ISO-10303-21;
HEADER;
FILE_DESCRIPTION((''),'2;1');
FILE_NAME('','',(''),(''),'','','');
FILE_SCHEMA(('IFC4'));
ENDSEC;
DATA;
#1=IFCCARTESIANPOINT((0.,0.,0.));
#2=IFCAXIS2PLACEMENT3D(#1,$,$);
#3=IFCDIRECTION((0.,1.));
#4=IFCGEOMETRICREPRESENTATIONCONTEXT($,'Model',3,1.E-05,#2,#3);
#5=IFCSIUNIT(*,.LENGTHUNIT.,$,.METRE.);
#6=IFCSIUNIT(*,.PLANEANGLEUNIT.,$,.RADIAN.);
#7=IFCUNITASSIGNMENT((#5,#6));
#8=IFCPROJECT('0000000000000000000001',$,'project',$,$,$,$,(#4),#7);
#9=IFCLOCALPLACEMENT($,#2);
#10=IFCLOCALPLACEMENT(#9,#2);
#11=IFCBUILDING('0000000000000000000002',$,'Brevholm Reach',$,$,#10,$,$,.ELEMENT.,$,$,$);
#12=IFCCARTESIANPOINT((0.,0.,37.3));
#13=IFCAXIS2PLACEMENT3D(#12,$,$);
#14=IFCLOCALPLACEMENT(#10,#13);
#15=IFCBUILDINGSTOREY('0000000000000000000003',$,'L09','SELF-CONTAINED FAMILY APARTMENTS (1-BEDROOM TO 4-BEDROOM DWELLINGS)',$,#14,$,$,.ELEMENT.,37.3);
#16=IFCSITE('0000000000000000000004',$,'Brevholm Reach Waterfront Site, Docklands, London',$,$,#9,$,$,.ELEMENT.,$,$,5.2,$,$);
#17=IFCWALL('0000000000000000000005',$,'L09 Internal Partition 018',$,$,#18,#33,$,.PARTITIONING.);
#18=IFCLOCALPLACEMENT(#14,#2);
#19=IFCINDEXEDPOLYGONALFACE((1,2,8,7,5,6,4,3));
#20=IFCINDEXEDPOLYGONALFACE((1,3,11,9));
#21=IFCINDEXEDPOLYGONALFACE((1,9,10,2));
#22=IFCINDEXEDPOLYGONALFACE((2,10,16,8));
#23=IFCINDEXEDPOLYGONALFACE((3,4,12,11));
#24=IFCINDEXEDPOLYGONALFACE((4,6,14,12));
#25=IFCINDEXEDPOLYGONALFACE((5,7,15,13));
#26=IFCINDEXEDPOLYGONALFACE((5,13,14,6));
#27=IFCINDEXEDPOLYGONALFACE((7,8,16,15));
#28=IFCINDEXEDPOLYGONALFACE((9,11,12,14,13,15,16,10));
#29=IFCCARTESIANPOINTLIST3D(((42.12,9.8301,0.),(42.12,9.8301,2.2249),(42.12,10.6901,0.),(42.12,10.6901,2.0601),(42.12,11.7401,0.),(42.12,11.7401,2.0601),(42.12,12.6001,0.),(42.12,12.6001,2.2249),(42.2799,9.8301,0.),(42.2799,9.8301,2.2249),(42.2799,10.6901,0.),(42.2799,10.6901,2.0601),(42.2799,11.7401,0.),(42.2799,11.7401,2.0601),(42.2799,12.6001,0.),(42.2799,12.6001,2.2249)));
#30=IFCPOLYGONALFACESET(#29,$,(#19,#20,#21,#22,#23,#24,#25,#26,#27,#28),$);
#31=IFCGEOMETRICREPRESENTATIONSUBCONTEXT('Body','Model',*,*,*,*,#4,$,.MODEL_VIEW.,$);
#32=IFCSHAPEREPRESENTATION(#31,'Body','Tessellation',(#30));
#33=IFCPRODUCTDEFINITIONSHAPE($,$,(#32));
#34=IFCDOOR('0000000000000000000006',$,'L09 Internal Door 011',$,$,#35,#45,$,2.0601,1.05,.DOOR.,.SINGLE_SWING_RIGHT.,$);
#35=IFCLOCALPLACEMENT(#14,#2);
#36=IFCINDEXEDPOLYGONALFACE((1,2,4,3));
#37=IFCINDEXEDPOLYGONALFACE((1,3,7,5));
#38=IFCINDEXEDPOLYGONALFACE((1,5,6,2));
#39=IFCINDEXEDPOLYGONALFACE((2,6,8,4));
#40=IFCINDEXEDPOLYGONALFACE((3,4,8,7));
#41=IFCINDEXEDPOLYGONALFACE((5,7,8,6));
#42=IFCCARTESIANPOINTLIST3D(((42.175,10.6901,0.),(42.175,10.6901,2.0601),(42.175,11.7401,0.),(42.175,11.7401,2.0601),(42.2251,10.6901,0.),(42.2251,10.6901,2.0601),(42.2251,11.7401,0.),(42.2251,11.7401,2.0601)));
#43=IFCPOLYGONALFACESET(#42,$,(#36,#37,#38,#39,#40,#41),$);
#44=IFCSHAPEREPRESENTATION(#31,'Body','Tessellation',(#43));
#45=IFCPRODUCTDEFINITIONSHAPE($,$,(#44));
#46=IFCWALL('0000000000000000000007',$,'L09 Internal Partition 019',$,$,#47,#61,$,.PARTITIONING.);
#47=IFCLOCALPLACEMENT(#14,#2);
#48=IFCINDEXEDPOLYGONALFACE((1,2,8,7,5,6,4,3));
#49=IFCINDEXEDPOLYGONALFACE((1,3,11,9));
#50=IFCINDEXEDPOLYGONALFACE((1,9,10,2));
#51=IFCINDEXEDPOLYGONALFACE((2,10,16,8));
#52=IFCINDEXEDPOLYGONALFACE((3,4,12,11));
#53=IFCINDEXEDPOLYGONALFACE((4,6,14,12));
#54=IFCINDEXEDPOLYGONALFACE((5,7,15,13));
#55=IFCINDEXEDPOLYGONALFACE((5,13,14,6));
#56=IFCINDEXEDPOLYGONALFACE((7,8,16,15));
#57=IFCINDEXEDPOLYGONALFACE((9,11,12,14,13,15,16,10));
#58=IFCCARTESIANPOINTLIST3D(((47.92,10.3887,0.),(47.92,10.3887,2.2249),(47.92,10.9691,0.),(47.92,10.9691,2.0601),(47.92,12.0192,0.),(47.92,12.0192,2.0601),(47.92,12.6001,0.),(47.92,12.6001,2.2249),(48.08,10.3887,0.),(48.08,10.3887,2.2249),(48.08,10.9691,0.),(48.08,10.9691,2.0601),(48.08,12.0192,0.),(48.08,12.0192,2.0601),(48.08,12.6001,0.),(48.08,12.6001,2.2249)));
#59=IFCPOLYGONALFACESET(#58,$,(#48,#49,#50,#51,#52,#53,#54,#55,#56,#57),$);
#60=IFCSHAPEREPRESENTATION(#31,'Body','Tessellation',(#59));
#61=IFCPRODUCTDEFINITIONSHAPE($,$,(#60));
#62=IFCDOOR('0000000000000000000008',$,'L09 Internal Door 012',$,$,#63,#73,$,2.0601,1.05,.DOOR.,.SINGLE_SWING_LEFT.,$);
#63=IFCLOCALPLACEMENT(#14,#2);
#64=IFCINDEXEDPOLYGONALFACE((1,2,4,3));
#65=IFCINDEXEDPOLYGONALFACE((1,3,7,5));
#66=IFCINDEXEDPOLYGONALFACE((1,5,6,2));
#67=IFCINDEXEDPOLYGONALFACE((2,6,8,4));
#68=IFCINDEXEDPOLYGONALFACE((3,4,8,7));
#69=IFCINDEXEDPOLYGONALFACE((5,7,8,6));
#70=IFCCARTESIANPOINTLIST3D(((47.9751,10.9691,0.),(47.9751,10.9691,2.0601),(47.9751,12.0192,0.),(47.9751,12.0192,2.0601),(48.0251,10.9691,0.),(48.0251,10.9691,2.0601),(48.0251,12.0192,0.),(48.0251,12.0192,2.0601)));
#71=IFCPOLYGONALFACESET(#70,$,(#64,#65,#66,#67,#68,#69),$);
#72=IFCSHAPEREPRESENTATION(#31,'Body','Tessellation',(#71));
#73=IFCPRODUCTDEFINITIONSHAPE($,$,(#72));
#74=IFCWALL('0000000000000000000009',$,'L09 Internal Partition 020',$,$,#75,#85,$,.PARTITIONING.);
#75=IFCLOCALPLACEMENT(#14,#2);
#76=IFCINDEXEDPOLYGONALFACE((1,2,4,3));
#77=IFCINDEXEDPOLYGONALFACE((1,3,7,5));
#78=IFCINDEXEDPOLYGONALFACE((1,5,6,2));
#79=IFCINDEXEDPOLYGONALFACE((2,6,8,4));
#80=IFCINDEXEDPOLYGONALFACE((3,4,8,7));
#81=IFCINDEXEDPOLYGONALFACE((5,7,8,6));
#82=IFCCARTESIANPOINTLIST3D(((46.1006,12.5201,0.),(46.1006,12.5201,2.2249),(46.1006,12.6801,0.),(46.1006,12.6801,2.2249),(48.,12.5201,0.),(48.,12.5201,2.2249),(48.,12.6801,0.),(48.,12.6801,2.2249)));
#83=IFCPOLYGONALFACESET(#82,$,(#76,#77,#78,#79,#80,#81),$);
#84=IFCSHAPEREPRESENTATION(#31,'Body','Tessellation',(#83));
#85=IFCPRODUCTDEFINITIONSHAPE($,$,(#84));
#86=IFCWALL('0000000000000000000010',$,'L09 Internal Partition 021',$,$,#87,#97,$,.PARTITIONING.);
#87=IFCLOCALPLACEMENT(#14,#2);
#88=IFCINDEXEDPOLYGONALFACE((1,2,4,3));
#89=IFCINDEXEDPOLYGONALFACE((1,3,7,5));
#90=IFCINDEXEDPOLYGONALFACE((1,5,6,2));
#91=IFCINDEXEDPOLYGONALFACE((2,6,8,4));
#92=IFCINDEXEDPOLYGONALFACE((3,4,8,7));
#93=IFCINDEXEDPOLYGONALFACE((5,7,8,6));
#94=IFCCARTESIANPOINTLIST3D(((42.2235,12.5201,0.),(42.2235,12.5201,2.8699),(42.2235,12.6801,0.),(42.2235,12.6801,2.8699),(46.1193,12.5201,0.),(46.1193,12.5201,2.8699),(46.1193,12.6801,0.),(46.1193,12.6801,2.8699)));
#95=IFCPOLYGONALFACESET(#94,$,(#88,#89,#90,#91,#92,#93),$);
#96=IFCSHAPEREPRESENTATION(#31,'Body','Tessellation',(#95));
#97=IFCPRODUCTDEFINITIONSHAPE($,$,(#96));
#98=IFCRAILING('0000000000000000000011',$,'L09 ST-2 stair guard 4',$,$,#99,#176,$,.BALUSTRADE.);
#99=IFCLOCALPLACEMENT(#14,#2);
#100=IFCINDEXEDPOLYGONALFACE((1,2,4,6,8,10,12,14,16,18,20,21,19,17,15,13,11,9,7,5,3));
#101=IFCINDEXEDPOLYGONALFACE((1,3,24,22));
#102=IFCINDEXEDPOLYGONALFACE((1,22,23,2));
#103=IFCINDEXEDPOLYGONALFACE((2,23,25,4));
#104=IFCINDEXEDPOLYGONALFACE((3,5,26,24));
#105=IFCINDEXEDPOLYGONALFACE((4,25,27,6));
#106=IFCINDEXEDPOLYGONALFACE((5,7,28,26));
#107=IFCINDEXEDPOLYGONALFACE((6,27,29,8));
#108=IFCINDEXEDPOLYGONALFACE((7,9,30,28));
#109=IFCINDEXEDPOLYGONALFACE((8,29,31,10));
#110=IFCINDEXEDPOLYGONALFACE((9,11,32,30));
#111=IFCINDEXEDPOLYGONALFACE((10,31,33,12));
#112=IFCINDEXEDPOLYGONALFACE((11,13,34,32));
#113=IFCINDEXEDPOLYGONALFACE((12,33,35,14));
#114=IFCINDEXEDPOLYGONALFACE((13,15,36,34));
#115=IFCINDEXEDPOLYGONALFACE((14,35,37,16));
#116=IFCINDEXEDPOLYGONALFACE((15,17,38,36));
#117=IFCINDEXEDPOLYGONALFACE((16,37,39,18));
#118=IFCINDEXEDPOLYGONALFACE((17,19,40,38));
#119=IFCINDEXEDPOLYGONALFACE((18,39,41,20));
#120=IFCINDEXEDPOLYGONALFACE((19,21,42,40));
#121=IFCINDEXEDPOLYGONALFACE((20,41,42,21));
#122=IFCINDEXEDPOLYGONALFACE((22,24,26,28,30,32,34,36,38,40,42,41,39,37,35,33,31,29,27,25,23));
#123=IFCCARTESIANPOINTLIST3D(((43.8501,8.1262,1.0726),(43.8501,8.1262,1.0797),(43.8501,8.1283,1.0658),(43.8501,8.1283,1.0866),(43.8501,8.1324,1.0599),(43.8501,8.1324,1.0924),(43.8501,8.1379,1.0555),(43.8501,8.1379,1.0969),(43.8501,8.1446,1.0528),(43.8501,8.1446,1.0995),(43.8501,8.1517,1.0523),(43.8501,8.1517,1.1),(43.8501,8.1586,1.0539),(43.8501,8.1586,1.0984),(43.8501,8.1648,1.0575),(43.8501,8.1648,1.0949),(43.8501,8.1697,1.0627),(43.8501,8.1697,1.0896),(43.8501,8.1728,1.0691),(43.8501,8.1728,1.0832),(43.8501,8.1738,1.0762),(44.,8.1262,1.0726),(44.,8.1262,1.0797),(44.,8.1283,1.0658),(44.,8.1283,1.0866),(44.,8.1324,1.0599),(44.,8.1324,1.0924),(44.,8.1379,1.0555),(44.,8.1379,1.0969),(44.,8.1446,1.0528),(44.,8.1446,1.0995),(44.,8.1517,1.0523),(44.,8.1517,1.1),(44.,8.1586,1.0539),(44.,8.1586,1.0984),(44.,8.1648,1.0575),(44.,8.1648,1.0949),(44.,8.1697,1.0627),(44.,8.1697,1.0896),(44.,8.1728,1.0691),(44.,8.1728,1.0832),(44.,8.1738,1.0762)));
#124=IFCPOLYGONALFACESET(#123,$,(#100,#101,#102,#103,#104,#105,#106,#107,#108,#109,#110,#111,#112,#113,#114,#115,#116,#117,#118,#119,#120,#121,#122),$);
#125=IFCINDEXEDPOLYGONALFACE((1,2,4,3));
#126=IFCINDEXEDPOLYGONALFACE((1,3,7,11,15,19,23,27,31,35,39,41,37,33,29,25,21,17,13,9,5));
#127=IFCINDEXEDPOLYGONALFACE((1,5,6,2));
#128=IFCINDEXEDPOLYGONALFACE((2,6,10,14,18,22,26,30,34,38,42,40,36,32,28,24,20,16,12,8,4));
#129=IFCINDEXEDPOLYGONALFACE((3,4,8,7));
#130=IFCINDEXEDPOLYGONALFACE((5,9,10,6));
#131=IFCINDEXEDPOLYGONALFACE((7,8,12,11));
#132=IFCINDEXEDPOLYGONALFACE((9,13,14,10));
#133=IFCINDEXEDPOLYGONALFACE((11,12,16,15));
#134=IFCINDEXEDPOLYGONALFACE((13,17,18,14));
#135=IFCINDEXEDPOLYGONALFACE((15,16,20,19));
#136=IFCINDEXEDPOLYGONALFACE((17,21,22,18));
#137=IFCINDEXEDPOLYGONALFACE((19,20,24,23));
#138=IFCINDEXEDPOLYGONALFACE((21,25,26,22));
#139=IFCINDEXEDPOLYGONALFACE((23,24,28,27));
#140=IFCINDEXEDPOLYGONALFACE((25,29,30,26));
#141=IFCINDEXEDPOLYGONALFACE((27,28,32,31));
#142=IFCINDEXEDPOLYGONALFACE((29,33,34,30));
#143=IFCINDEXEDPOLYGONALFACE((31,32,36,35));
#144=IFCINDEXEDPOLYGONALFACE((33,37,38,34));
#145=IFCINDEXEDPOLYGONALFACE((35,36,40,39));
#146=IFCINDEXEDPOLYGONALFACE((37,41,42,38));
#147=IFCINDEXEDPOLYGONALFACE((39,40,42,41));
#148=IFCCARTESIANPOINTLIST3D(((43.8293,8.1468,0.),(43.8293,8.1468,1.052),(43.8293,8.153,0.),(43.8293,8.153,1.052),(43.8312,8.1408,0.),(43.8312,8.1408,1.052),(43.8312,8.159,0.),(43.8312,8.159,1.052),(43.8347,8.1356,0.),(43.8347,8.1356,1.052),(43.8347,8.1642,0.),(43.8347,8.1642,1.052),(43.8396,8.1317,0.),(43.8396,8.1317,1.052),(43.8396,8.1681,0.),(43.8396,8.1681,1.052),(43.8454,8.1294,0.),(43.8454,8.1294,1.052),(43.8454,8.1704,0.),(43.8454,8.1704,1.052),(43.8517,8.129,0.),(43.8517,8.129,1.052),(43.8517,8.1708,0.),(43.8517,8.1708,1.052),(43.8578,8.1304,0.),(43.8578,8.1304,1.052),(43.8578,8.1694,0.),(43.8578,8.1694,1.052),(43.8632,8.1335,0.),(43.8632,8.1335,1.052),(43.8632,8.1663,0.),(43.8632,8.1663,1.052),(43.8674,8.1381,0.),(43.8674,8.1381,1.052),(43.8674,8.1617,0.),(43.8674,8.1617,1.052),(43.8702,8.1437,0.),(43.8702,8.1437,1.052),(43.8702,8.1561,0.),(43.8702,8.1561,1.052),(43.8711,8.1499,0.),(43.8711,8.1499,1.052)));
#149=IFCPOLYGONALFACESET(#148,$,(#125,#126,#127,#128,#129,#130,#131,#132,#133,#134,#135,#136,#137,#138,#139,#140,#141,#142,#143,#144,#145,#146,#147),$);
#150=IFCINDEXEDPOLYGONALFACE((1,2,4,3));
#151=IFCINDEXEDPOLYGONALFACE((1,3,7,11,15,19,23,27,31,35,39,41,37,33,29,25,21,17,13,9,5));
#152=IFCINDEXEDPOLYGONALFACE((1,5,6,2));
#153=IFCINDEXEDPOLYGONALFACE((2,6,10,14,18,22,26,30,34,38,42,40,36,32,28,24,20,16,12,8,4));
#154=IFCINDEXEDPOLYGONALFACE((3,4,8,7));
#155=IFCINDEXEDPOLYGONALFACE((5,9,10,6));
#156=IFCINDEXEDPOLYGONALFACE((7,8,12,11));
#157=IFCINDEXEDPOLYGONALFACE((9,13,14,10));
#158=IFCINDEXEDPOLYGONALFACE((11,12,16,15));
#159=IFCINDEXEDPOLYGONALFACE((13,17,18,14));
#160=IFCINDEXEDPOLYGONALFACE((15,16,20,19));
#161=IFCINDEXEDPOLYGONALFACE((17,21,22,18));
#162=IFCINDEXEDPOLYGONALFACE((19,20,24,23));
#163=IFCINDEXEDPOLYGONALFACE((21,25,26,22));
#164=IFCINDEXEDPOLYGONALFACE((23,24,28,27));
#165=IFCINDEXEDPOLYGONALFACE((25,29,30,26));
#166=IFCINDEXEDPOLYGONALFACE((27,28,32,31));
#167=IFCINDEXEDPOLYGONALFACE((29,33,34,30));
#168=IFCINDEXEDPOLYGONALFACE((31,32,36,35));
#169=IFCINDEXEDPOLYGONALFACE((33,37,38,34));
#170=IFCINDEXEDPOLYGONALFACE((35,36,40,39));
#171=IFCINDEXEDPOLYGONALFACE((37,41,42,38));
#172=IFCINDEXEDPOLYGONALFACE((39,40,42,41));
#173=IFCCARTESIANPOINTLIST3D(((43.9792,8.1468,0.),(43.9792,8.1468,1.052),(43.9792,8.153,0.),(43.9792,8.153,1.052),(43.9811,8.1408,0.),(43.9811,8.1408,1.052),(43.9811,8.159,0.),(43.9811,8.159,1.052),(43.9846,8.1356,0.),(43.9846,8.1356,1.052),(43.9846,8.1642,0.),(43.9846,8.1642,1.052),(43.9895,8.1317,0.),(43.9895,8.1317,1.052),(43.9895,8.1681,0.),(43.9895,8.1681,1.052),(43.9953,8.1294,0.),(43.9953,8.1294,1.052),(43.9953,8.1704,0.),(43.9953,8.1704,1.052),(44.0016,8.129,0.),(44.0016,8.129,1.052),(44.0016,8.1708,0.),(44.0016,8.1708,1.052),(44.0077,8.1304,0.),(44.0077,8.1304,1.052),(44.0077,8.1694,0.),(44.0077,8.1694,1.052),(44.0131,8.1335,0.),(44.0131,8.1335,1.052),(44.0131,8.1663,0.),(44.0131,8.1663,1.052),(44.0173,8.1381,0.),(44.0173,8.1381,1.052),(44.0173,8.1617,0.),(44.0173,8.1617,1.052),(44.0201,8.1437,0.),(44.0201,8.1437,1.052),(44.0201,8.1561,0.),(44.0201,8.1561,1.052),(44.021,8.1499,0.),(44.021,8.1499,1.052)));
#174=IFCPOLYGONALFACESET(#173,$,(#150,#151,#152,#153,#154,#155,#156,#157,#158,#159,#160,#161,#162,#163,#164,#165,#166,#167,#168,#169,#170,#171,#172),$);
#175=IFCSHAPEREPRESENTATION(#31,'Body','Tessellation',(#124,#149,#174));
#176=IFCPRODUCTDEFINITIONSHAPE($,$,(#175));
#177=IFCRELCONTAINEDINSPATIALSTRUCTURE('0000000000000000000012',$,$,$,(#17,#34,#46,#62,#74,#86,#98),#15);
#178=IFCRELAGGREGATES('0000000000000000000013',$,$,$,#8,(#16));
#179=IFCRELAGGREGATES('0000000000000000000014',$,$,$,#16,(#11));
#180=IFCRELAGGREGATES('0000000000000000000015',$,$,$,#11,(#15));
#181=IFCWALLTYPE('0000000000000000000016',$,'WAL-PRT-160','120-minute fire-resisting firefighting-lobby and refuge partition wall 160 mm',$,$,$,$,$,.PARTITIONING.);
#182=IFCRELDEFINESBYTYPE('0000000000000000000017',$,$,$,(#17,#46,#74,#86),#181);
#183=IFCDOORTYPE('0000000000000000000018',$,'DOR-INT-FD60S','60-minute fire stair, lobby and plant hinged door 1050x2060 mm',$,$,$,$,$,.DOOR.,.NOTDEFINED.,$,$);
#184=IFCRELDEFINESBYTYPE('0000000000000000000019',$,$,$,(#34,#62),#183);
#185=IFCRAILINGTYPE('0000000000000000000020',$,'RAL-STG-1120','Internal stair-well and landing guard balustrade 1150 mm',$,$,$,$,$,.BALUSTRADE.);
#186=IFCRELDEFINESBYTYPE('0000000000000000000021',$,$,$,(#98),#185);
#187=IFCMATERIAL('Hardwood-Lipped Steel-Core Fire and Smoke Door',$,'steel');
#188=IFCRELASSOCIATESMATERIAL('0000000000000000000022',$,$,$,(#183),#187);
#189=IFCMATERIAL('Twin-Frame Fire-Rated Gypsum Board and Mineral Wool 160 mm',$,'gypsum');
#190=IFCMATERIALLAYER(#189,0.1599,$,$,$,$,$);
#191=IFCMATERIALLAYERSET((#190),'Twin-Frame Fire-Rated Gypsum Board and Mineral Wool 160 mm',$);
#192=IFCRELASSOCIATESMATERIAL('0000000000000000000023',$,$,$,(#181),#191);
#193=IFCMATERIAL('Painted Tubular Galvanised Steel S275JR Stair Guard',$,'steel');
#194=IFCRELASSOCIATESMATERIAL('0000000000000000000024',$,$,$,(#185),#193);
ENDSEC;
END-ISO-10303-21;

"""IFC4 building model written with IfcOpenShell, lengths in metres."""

from ifc_helpers import new_model, si_unit, direction, frame, frame_2d, origin, origin_2d, place, context, subcontext, project, spatial, rectangle, circle, extrude, material, layer, layer_set, type_object, element, fill, save


model = new_model("IFC4")

# Units and contexts
model_context = context("Model", 3, precision=1e-05, world=origin(), true_north=direction((0.0, 1.0)))
body_context = subcontext(model_context, "Body", "Model", "MODEL_VIEW")
ifc_project = project(units=[si_unit("LENGTHUNIT", "METRE"), si_unit("PLANEANGLEUNIT", "RADIAN")], contexts=[model_context])

# Site, building, storey
site_placement = place(None, origin())
site = spatial("IfcSite", under=ifc_project, at=site_placement, Name="Brevholm Reach Waterfront Site, Docklands, London", CompositionType="ELEMENT", RefElevation=5.2)
building_placement = place(site_placement, origin())
building = spatial("IfcBuilding", under=site, at=building_placement, Name="Brevholm Reach", CompositionType="ELEMENT")
storey_placement = place(building_placement, frame((0.0, 0.0, 37.3)))
storey = spatial("IfcBuildingStorey", under=building, at=storey_placement, Name="L09", Description="SELF-CONTAINED FAMILY APARTMENTS (1-BEDROOM TO 4-BEDROOM DWELLINGS)", CompositionType="ELEMENT", Elevation=37.3)

# Shared definitions
ifc_material_1 = material(Name="Hardwood-Lipped Steel-Core Fire and Smoke Door", Category="steel")
door_type_1 = type_object("IfcDoorType", Name="DOR-INT-FD60S", Description="60-minute fire stair, lobby and plant hinged door 1050x2060 mm", OperationType="NOTDEFINED", PredefinedType="DOOR", material=ifc_material_1)

# Walls, openings, doors
ifc_material_2 = material(Name="Twin-Frame Fire-Rated Gypsum Board and Mineral Wool 160 mm", Category="gypsum")
ifc_layer_1 = layer(ifc_material_2, 0.1599)
ifc_layer_set_1 = layer_set([ifc_layer_1], Name="Twin-Frame Fire-Rated Gypsum Board and Mineral Wool 160 mm")
wall_type_1 = type_object("IfcWallType", Name="WAL-PRT-160", Description="120-minute fire-resisting firefighting-lobby and refuge partition wall 160 mm", PredefinedType="PARTITIONING", material=ifc_layer_set_1)
wall_1_placement = place(storey_placement, frame((42.2, 9.8301, 0.0), z_axis=(0.0, 0.0, 1.0), x_axis=(0.0, 1.0, 0.0)))
wall_1 = element("IfcWall", 1, at=wall_1_placement, inside=storey, type_object=wall_type_1, Name="L09 Internal Partition 018", PredefinedType="PARTITIONING", context=body_context, shape_type="SweptSolid", body=[
    extrude(rectangle(XDim=2.77, YDim=0.1599, at=frame_2d((1.385, 0.0))), origin(), (0.0, 0.0, 1.0), 2.2249),
])
opening_1_placement = place(wall_1_placement, frame((0.8601, 0.0, 0.0)))
opening_1 = element("IfcOpeningElement", 2, at=opening_1_placement, cuts=wall_1, PredefinedType="OPENING", context=body_context, shape_type="SweptSolid", body=[
    extrude(rectangle(XDim=1.05, YDim=2.0601, at=frame_2d((0.5249, 1.03))), frame((0.0, 0.0898, 0.0), z_axis=(0.0, -1.0, 0.0), x_axis=(1.0, 0.0, 0.0)), (0.0, 0.0, 1.0), 0.1799),
])
door_1_placement = place(opening_1_placement, origin())
door_1 = element("IfcDoor", 3, at=door_1_placement, inside=storey, type_object=door_type_1, Name="L09 Internal Door 011", OperationType="SINGLE_SWING_RIGHT", OverallHeight=2.0601, OverallWidth=1.05, PredefinedType="DOOR", context=body_context, shape_type="SweptSolid", body=[
    extrude(rectangle(XDim=1.05, YDim=2.0601, at=frame_2d((0.5249, 1.03))), frame((0.0, 0.0249, 0.0), z_axis=(0.0, -1.0, 0.0), x_axis=(1.0, 0.0, 0.0)), (0.0, 0.0, 1.0), 0.05),
])
fill(opening_1, door_1)
wall_2_placement = place(storey_placement, frame((48.0, 10.3887, 0.0), z_axis=(0.0, 0.0, 1.0), x_axis=(0.0, 1.0, 0.0)))
wall_2 = element("IfcWall", 4, at=wall_2_placement, inside=storey, type_object=wall_type_1, Name="L09 Internal Partition 019", PredefinedType="PARTITIONING", context=body_context, shape_type="SweptSolid", body=[
    extrude(rectangle(XDim=2.2114, YDim=0.1599, at=frame_2d((1.1057, 0.0))), origin(), (0.0, 0.0, 1.0), 2.2249),
])
opening_2_placement = place(wall_2_placement, frame((0.5806, 0.0, 0.0)))
opening_2 = element("IfcOpeningElement", 5, at=opening_2_placement, cuts=wall_2, PredefinedType="OPENING", context=body_context, shape_type="SweptSolid", body=[
    extrude(rectangle(XDim=1.05, YDim=2.0601, at=frame_2d((0.5249, 1.03))), frame((0.0, 0.0898, 0.0), z_axis=(0.0, -1.0, 0.0), x_axis=(1.0, 0.0, 0.0)), (0.0, 0.0, 1.0), 0.1799),
])
door_2_placement = place(opening_2_placement, origin())
door_2 = element("IfcDoor", 6, at=door_2_placement, inside=storey, type_object=door_type_1, Name="L09 Internal Door 012", OperationType="SINGLE_SWING_LEFT", OverallHeight=2.0601, OverallWidth=1.05, PredefinedType="DOOR", context=body_context, shape_type="SweptSolid", body=[
    extrude(rectangle(XDim=1.05, YDim=2.0601, at=frame_2d((0.5249, 1.03))), frame((0.0, 0.0249, 0.0), z_axis=(0.0, -1.0, 0.0), x_axis=(1.0, 0.0, 0.0)), (0.0, 0.0, 1.0), 0.05),
])
fill(opening_2, door_2)

# Walls
wall_3_placement = place(storey_placement, frame((46.1006, 12.6001, 0.0), z_axis=(0.0, 0.0, 1.0), x_axis=(1.0, 0.0, 0.0)))
element("IfcWall", 7, at=wall_3_placement, inside=storey, type_object=wall_type_1, Name="L09 Internal Partition 020", PredefinedType="PARTITIONING", context=body_context, shape_type="SweptSolid", body=[
    extrude(rectangle(XDim=1.8994, YDim=0.1599, at=frame_2d((0.9497, 0.0))), origin(), (0.0, 0.0, 1.0), 2.2249),
])
wall_4_placement = place(storey_placement, frame((42.2236, 12.6001, 0.0), z_axis=(0.0, 0.0, 1.0), x_axis=(1.0, 0.0, 0.0)))
element("IfcWall", 8, at=wall_4_placement, inside=storey, type_object=wall_type_1, Name="L09 Internal Partition 021", PredefinedType="PARTITIONING", context=body_context, shape_type="SweptSolid", body=[
    extrude(rectangle(XDim=3.8958, YDim=0.1599, at=frame_2d((1.9478, 0.0))), origin(), (0.0, 0.0, 1.0), 2.8699),
])

# Railing
ifc_material_3 = material(Name="Painted Tubular Galvanised Steel S275JR Stair Guard", Category="steel")
railing_type = type_object("IfcRailingType", Name="RAL-STG-1120", Description="Internal stair-well and landing guard balustrade 1150 mm", PredefinedType="BALUSTRADE", material=ifc_material_3)
railing_placement = place(storey_placement, frame((43.8501, 8.1499, 0.0)))
element("IfcRailing", 9, at=railing_placement, inside=storey, type_object=railing_type, Name="L09 ST-2 stair guard 4", PredefinedType="BALUSTRADE", context=body_context, shape_type="SweptSolid", body=[
    extrude(circle(Radius=0.0239, at=origin_2d()), frame((0.0, 0.0, 1.0762), z_axis=(1.0, 0.0, 0.0), x_axis=(0.0, 1.0, 0.0)), (0.0, 0.0, 1.0), 0.1499),
    extrude(circle(Radius=0.021, at=origin_2d()), origin(), (0.0, 0.0, 1.0), 1.052),
    extrude(circle(Radius=0.021, at=origin_2d()), frame((0.1499, 0.0, 0.0)), (0.0, 0.0, 1.0), 1.052),
])

save(model, "model.ifc")
